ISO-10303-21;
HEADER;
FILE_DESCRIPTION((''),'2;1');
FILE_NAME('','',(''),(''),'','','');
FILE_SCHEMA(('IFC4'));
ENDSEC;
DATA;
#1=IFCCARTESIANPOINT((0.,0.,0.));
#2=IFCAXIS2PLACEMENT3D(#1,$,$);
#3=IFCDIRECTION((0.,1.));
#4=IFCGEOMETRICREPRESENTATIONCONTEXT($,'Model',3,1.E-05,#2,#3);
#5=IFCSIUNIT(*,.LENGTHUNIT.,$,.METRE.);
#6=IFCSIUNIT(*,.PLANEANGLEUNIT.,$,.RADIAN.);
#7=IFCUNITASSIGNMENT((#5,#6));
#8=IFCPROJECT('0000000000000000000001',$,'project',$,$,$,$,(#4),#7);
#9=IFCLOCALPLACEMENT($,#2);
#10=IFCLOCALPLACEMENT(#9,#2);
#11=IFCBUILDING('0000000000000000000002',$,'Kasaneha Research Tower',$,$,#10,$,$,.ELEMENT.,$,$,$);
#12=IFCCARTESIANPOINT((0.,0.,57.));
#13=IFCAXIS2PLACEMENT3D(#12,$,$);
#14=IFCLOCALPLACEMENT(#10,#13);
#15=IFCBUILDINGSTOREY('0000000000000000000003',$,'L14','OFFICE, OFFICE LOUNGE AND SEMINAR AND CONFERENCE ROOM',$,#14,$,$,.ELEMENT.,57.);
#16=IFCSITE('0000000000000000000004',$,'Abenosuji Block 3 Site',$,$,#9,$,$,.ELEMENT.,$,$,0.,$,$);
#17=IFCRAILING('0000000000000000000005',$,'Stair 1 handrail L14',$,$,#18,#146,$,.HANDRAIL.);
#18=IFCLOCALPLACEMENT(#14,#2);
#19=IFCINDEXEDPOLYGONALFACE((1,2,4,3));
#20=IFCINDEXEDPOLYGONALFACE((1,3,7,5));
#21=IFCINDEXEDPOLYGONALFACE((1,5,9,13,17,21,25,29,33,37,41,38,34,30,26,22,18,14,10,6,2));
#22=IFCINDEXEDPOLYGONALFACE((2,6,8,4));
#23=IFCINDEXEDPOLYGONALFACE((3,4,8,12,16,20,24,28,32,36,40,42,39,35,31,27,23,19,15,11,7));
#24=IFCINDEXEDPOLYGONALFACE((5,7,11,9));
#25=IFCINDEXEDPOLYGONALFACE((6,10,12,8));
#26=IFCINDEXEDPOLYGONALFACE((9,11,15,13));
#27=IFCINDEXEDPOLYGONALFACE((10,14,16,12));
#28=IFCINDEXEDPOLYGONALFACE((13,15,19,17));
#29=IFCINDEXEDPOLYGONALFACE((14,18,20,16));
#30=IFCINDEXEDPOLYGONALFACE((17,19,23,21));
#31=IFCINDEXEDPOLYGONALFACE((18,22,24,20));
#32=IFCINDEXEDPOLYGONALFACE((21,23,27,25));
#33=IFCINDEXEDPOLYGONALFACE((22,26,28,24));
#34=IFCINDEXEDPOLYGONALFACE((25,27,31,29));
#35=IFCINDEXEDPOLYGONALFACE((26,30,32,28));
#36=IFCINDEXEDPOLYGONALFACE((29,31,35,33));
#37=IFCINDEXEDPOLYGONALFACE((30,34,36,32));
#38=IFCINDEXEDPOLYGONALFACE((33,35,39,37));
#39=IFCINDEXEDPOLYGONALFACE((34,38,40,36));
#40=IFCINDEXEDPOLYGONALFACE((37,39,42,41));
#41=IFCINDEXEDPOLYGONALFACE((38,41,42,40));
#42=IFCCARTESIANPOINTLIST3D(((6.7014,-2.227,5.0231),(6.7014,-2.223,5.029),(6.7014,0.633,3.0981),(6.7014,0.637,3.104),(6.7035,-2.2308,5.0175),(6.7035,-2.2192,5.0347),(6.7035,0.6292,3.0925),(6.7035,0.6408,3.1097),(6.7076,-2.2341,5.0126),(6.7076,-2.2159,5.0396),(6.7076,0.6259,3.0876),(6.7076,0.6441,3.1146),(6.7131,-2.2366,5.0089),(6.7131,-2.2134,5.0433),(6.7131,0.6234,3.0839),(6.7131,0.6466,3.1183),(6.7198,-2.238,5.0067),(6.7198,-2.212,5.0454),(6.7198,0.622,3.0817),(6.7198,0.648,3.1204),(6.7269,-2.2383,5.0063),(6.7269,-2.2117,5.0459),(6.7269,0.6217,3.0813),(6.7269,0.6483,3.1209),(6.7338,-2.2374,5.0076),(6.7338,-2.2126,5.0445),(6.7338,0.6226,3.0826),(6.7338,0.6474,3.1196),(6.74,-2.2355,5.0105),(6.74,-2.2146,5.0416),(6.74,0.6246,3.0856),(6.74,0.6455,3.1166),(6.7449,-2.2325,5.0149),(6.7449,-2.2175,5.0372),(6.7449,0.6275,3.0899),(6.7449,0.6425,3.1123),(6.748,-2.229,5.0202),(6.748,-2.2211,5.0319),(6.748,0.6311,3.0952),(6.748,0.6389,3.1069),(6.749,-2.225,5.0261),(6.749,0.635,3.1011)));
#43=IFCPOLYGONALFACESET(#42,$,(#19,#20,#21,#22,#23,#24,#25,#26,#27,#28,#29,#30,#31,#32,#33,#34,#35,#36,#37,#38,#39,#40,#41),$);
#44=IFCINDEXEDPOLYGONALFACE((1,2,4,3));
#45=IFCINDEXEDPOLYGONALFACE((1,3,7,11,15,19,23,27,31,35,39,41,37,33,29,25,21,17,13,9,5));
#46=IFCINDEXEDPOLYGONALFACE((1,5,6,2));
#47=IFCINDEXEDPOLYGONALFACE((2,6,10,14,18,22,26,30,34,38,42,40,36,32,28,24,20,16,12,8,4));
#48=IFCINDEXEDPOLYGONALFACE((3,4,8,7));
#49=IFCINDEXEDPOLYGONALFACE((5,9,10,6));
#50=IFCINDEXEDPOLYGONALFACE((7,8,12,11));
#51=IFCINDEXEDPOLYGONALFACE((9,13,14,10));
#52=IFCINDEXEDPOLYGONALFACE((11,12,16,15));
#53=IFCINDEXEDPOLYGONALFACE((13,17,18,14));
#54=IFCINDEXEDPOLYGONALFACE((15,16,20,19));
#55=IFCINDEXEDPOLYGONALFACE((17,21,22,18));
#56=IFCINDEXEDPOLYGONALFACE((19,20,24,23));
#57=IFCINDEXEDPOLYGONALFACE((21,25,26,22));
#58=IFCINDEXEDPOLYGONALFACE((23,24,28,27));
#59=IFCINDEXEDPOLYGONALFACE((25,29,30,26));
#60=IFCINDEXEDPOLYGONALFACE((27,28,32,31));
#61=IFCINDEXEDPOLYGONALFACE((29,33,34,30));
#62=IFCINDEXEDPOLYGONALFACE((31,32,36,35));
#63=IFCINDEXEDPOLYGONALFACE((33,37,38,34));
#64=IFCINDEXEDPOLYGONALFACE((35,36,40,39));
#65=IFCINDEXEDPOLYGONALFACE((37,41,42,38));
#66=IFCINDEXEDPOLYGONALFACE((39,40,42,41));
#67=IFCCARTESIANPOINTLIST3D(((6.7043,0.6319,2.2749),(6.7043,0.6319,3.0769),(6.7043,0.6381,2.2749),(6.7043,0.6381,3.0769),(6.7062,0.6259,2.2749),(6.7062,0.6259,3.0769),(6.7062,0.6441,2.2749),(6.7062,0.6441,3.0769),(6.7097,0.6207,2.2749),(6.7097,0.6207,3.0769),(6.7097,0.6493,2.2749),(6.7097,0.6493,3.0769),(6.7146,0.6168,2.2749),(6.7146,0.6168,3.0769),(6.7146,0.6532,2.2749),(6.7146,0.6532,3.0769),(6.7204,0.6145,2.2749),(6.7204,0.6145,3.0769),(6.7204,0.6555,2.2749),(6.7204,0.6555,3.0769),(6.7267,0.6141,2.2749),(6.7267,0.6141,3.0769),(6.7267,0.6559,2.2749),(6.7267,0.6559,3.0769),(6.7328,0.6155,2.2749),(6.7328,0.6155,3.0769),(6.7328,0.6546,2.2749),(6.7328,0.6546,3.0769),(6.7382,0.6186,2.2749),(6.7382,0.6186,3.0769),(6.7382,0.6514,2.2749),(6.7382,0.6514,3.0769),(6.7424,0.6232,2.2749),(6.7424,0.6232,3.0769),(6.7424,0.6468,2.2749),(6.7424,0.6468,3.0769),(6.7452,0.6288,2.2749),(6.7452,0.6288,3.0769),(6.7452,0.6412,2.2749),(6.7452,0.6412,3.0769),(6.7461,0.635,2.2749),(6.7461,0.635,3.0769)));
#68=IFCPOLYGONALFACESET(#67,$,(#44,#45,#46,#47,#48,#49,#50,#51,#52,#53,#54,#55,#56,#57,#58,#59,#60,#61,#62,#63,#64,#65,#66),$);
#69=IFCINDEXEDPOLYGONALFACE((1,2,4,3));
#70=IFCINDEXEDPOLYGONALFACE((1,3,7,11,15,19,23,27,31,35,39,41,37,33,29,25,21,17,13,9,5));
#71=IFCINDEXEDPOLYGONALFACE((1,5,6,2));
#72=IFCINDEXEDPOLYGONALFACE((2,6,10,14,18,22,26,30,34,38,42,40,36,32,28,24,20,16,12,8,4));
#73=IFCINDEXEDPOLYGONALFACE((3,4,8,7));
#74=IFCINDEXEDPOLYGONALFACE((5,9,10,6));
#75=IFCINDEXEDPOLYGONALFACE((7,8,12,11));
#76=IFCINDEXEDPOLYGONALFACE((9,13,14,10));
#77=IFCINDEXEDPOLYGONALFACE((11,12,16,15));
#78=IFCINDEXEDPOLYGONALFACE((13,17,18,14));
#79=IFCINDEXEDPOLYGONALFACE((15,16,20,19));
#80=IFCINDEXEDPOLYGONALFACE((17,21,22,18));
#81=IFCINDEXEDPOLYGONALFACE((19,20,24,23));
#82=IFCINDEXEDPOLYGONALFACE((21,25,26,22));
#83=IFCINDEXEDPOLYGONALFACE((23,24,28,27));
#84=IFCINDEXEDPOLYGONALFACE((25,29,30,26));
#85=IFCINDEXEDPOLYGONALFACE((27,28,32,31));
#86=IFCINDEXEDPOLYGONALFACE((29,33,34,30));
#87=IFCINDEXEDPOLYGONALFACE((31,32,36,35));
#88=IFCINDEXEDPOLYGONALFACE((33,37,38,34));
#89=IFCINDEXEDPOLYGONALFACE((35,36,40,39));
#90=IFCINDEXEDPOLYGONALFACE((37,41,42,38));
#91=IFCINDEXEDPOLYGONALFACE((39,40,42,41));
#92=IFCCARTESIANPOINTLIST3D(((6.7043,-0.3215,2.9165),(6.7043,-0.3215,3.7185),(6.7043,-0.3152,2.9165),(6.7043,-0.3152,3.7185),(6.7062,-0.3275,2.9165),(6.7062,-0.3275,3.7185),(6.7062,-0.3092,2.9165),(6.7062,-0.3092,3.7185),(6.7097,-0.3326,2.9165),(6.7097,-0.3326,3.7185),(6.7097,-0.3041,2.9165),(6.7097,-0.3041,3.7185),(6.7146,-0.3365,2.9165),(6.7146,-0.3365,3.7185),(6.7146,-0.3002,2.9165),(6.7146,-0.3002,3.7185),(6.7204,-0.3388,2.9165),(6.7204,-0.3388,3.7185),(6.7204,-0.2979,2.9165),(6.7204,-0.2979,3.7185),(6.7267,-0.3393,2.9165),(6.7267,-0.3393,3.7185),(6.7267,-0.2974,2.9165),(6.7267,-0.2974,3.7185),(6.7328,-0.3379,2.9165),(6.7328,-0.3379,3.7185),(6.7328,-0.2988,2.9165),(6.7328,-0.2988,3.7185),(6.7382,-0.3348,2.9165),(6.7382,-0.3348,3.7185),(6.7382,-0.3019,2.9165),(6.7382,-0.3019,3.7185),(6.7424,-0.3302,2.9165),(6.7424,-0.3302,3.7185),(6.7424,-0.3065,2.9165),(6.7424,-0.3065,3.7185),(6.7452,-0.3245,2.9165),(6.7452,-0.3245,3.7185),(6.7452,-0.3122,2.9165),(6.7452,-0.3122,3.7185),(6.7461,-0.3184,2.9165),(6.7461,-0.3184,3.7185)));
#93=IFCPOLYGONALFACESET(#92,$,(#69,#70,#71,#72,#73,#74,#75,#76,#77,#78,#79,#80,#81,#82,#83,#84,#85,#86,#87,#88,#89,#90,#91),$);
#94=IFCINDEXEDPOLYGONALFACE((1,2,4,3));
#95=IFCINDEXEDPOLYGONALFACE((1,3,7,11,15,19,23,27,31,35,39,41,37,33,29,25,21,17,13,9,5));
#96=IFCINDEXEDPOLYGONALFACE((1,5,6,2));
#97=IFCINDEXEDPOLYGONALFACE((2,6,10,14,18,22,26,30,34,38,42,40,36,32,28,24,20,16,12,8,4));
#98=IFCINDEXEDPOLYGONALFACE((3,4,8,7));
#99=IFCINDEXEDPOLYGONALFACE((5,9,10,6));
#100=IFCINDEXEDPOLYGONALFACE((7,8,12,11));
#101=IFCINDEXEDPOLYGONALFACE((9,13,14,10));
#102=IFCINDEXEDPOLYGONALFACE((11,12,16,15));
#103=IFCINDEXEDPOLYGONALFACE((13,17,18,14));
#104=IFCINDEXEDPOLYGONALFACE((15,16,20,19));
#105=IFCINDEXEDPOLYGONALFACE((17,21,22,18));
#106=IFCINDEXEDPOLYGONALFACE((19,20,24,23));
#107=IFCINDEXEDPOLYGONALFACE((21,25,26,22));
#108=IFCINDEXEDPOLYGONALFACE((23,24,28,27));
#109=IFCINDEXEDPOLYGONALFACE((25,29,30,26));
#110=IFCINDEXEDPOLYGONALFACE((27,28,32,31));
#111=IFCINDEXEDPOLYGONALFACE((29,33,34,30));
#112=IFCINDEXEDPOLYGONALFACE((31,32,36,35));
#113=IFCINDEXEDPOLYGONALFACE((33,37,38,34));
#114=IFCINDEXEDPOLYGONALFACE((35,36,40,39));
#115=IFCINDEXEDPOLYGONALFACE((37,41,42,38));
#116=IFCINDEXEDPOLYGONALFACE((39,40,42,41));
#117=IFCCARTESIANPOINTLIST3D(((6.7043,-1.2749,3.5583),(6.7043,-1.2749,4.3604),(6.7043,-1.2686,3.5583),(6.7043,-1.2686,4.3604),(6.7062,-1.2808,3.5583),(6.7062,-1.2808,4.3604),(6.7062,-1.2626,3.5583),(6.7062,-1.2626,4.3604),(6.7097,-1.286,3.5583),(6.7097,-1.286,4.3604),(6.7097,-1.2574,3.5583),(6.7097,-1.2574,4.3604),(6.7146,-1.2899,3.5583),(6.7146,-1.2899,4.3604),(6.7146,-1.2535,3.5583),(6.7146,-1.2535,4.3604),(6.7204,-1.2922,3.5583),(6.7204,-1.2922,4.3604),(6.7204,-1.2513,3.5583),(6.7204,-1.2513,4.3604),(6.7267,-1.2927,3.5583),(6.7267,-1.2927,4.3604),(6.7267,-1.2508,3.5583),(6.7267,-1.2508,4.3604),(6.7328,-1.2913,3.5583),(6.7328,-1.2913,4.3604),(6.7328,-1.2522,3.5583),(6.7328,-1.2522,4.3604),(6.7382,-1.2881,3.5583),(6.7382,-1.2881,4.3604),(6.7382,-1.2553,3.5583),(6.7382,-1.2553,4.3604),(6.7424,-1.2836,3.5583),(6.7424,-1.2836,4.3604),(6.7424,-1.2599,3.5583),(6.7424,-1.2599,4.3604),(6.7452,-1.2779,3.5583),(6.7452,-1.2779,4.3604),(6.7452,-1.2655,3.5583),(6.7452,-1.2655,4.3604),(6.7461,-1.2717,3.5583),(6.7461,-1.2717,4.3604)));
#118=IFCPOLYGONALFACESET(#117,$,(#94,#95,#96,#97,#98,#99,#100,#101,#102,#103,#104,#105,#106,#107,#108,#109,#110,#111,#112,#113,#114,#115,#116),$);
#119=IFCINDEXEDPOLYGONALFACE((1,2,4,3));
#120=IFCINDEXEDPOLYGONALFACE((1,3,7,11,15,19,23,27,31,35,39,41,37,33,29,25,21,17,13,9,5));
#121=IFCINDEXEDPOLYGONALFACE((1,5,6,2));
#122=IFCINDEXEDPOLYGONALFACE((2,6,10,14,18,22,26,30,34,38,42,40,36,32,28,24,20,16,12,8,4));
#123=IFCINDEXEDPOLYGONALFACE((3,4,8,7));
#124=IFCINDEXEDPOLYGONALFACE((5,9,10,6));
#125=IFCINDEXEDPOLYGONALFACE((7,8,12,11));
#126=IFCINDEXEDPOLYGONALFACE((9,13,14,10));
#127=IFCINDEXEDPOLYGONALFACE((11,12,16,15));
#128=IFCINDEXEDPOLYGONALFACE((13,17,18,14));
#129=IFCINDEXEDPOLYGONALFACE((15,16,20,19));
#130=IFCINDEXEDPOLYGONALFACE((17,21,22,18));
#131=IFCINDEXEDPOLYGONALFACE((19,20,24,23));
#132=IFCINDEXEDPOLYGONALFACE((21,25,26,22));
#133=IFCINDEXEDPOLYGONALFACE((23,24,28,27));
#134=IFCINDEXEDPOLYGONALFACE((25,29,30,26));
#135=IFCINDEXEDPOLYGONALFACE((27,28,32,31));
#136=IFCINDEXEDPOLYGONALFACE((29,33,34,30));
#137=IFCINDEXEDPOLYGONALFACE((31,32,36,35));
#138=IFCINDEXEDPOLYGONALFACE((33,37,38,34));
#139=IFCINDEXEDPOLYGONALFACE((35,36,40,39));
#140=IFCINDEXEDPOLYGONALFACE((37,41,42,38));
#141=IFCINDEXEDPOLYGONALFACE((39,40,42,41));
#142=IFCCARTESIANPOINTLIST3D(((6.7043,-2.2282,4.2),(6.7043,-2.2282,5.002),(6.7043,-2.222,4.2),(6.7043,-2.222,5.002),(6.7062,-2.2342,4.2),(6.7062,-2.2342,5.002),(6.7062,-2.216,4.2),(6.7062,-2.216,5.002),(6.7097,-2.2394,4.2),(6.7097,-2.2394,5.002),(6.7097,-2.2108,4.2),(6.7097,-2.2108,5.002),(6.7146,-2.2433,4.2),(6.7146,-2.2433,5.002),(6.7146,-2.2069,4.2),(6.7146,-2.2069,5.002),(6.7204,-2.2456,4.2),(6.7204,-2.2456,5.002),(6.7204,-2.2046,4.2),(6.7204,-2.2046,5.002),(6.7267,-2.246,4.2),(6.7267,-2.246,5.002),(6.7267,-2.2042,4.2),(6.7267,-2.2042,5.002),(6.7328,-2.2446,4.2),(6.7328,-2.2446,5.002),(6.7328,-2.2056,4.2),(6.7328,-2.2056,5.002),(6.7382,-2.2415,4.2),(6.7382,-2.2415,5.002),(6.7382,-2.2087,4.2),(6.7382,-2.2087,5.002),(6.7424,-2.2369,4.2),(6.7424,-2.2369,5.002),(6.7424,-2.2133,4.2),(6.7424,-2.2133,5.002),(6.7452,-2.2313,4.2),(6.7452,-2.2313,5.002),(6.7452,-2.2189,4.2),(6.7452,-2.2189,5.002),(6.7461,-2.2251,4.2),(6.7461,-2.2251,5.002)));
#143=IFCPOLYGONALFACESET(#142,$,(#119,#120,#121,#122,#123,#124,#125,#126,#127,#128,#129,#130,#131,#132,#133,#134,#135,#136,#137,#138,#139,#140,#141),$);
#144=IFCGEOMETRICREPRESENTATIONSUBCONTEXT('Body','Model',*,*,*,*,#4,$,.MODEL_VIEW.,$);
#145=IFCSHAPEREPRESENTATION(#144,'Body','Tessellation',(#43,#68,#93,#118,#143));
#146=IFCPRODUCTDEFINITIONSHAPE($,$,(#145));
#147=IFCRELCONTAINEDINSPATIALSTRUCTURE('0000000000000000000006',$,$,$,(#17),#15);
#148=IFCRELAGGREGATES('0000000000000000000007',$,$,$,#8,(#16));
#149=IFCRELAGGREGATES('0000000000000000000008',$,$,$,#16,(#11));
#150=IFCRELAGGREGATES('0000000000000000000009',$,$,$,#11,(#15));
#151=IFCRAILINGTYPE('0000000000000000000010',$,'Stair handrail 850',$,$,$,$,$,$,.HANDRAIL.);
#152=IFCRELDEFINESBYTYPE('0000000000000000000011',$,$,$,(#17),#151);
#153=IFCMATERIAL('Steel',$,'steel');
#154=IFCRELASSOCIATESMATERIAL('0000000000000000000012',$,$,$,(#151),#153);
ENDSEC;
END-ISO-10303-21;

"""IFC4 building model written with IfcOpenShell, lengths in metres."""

from ifc_helpers import new_model, si_unit, direction, frame, origin, origin_2d, place, context, subcontext, project, spatial, circle, extrude, material, type_object, element, save


model = new_model("IFC4")

# Units and contexts
model_context = context("Model", 3, precision=1e-05, world=origin(), true_north=direction((0.0, 1.0)))
body_context = subcontext(model_context, "Body", "Model", "MODEL_VIEW")
ifc_project = project(units=[si_unit("LENGTHUNIT", "METRE"), si_unit("PLANEANGLEUNIT", "RADIAN")], contexts=[model_context])

# Site, building, storey
site_placement = place(None, origin())
site = spatial("IfcSite", under=ifc_project, at=site_placement, Name="Abenosuji Block 3 Site", CompositionType="ELEMENT", RefElevation=0.0)
building_placement = place(site_placement, origin())
building = spatial("IfcBuilding", under=site, at=building_placement, Name="Kasaneha Research Tower", CompositionType="ELEMENT")
storey_placement = place(building_placement, frame((0.0, 0.0, 57.0)))
storey = spatial("IfcBuildingStorey", under=building, at=storey_placement, Name="L14", Description="OFFICE, OFFICE LOUNGE AND SEMINAR AND CONFERENCE ROOM", CompositionType="ELEMENT", Elevation=57.0)

# Railing
ifc_material_1 = material(Name="Steel", Category="steel")
railing_type_1 = type_object("IfcRailingType", Name="Stair handrail 850", PredefinedType="HANDRAIL", material=ifc_material_1)
railing_1_placement = place(storey_placement, frame((6.7251, 0.635, 2.2749)))
element("IfcRailing", 1, at=railing_1_placement, inside=storey, type_object=railing_type_1, Name="Stair 1 handrail L14", PredefinedType="HANDRAIL", context=body_context, shape_type="SweptSolid", body=[
    extrude(circle(Radius=0.0239, at=origin_2d()), frame((0.0, 0.0, 0.8262), z_axis=(0.0, -0.829591, 0.558372), x_axis=(1.0, 0.0, 0.0)), (0.0, 0.0, 1.0), 3.4475),
    extrude(circle(Radius=0.021, at=origin_2d()), origin(), (0.0, 0.0, 1.0), 0.802),
    extrude(circle(Radius=0.021, at=origin_2d()), frame((0.0, -0.9534, 0.6416)), (0.0, 0.0, 1.0), 0.802),
    extrude(circle(Radius=0.021, at=origin_2d()), frame((0.0, -1.9067, 1.2834)), (0.0, 0.0, 1.0), 0.802),
    extrude(circle(Radius=0.021, at=origin_2d()), frame((0.0, -2.8601, 1.925)), (0.0, 0.0, 1.0), 0.802),
])

save(model, "model.ifc")
